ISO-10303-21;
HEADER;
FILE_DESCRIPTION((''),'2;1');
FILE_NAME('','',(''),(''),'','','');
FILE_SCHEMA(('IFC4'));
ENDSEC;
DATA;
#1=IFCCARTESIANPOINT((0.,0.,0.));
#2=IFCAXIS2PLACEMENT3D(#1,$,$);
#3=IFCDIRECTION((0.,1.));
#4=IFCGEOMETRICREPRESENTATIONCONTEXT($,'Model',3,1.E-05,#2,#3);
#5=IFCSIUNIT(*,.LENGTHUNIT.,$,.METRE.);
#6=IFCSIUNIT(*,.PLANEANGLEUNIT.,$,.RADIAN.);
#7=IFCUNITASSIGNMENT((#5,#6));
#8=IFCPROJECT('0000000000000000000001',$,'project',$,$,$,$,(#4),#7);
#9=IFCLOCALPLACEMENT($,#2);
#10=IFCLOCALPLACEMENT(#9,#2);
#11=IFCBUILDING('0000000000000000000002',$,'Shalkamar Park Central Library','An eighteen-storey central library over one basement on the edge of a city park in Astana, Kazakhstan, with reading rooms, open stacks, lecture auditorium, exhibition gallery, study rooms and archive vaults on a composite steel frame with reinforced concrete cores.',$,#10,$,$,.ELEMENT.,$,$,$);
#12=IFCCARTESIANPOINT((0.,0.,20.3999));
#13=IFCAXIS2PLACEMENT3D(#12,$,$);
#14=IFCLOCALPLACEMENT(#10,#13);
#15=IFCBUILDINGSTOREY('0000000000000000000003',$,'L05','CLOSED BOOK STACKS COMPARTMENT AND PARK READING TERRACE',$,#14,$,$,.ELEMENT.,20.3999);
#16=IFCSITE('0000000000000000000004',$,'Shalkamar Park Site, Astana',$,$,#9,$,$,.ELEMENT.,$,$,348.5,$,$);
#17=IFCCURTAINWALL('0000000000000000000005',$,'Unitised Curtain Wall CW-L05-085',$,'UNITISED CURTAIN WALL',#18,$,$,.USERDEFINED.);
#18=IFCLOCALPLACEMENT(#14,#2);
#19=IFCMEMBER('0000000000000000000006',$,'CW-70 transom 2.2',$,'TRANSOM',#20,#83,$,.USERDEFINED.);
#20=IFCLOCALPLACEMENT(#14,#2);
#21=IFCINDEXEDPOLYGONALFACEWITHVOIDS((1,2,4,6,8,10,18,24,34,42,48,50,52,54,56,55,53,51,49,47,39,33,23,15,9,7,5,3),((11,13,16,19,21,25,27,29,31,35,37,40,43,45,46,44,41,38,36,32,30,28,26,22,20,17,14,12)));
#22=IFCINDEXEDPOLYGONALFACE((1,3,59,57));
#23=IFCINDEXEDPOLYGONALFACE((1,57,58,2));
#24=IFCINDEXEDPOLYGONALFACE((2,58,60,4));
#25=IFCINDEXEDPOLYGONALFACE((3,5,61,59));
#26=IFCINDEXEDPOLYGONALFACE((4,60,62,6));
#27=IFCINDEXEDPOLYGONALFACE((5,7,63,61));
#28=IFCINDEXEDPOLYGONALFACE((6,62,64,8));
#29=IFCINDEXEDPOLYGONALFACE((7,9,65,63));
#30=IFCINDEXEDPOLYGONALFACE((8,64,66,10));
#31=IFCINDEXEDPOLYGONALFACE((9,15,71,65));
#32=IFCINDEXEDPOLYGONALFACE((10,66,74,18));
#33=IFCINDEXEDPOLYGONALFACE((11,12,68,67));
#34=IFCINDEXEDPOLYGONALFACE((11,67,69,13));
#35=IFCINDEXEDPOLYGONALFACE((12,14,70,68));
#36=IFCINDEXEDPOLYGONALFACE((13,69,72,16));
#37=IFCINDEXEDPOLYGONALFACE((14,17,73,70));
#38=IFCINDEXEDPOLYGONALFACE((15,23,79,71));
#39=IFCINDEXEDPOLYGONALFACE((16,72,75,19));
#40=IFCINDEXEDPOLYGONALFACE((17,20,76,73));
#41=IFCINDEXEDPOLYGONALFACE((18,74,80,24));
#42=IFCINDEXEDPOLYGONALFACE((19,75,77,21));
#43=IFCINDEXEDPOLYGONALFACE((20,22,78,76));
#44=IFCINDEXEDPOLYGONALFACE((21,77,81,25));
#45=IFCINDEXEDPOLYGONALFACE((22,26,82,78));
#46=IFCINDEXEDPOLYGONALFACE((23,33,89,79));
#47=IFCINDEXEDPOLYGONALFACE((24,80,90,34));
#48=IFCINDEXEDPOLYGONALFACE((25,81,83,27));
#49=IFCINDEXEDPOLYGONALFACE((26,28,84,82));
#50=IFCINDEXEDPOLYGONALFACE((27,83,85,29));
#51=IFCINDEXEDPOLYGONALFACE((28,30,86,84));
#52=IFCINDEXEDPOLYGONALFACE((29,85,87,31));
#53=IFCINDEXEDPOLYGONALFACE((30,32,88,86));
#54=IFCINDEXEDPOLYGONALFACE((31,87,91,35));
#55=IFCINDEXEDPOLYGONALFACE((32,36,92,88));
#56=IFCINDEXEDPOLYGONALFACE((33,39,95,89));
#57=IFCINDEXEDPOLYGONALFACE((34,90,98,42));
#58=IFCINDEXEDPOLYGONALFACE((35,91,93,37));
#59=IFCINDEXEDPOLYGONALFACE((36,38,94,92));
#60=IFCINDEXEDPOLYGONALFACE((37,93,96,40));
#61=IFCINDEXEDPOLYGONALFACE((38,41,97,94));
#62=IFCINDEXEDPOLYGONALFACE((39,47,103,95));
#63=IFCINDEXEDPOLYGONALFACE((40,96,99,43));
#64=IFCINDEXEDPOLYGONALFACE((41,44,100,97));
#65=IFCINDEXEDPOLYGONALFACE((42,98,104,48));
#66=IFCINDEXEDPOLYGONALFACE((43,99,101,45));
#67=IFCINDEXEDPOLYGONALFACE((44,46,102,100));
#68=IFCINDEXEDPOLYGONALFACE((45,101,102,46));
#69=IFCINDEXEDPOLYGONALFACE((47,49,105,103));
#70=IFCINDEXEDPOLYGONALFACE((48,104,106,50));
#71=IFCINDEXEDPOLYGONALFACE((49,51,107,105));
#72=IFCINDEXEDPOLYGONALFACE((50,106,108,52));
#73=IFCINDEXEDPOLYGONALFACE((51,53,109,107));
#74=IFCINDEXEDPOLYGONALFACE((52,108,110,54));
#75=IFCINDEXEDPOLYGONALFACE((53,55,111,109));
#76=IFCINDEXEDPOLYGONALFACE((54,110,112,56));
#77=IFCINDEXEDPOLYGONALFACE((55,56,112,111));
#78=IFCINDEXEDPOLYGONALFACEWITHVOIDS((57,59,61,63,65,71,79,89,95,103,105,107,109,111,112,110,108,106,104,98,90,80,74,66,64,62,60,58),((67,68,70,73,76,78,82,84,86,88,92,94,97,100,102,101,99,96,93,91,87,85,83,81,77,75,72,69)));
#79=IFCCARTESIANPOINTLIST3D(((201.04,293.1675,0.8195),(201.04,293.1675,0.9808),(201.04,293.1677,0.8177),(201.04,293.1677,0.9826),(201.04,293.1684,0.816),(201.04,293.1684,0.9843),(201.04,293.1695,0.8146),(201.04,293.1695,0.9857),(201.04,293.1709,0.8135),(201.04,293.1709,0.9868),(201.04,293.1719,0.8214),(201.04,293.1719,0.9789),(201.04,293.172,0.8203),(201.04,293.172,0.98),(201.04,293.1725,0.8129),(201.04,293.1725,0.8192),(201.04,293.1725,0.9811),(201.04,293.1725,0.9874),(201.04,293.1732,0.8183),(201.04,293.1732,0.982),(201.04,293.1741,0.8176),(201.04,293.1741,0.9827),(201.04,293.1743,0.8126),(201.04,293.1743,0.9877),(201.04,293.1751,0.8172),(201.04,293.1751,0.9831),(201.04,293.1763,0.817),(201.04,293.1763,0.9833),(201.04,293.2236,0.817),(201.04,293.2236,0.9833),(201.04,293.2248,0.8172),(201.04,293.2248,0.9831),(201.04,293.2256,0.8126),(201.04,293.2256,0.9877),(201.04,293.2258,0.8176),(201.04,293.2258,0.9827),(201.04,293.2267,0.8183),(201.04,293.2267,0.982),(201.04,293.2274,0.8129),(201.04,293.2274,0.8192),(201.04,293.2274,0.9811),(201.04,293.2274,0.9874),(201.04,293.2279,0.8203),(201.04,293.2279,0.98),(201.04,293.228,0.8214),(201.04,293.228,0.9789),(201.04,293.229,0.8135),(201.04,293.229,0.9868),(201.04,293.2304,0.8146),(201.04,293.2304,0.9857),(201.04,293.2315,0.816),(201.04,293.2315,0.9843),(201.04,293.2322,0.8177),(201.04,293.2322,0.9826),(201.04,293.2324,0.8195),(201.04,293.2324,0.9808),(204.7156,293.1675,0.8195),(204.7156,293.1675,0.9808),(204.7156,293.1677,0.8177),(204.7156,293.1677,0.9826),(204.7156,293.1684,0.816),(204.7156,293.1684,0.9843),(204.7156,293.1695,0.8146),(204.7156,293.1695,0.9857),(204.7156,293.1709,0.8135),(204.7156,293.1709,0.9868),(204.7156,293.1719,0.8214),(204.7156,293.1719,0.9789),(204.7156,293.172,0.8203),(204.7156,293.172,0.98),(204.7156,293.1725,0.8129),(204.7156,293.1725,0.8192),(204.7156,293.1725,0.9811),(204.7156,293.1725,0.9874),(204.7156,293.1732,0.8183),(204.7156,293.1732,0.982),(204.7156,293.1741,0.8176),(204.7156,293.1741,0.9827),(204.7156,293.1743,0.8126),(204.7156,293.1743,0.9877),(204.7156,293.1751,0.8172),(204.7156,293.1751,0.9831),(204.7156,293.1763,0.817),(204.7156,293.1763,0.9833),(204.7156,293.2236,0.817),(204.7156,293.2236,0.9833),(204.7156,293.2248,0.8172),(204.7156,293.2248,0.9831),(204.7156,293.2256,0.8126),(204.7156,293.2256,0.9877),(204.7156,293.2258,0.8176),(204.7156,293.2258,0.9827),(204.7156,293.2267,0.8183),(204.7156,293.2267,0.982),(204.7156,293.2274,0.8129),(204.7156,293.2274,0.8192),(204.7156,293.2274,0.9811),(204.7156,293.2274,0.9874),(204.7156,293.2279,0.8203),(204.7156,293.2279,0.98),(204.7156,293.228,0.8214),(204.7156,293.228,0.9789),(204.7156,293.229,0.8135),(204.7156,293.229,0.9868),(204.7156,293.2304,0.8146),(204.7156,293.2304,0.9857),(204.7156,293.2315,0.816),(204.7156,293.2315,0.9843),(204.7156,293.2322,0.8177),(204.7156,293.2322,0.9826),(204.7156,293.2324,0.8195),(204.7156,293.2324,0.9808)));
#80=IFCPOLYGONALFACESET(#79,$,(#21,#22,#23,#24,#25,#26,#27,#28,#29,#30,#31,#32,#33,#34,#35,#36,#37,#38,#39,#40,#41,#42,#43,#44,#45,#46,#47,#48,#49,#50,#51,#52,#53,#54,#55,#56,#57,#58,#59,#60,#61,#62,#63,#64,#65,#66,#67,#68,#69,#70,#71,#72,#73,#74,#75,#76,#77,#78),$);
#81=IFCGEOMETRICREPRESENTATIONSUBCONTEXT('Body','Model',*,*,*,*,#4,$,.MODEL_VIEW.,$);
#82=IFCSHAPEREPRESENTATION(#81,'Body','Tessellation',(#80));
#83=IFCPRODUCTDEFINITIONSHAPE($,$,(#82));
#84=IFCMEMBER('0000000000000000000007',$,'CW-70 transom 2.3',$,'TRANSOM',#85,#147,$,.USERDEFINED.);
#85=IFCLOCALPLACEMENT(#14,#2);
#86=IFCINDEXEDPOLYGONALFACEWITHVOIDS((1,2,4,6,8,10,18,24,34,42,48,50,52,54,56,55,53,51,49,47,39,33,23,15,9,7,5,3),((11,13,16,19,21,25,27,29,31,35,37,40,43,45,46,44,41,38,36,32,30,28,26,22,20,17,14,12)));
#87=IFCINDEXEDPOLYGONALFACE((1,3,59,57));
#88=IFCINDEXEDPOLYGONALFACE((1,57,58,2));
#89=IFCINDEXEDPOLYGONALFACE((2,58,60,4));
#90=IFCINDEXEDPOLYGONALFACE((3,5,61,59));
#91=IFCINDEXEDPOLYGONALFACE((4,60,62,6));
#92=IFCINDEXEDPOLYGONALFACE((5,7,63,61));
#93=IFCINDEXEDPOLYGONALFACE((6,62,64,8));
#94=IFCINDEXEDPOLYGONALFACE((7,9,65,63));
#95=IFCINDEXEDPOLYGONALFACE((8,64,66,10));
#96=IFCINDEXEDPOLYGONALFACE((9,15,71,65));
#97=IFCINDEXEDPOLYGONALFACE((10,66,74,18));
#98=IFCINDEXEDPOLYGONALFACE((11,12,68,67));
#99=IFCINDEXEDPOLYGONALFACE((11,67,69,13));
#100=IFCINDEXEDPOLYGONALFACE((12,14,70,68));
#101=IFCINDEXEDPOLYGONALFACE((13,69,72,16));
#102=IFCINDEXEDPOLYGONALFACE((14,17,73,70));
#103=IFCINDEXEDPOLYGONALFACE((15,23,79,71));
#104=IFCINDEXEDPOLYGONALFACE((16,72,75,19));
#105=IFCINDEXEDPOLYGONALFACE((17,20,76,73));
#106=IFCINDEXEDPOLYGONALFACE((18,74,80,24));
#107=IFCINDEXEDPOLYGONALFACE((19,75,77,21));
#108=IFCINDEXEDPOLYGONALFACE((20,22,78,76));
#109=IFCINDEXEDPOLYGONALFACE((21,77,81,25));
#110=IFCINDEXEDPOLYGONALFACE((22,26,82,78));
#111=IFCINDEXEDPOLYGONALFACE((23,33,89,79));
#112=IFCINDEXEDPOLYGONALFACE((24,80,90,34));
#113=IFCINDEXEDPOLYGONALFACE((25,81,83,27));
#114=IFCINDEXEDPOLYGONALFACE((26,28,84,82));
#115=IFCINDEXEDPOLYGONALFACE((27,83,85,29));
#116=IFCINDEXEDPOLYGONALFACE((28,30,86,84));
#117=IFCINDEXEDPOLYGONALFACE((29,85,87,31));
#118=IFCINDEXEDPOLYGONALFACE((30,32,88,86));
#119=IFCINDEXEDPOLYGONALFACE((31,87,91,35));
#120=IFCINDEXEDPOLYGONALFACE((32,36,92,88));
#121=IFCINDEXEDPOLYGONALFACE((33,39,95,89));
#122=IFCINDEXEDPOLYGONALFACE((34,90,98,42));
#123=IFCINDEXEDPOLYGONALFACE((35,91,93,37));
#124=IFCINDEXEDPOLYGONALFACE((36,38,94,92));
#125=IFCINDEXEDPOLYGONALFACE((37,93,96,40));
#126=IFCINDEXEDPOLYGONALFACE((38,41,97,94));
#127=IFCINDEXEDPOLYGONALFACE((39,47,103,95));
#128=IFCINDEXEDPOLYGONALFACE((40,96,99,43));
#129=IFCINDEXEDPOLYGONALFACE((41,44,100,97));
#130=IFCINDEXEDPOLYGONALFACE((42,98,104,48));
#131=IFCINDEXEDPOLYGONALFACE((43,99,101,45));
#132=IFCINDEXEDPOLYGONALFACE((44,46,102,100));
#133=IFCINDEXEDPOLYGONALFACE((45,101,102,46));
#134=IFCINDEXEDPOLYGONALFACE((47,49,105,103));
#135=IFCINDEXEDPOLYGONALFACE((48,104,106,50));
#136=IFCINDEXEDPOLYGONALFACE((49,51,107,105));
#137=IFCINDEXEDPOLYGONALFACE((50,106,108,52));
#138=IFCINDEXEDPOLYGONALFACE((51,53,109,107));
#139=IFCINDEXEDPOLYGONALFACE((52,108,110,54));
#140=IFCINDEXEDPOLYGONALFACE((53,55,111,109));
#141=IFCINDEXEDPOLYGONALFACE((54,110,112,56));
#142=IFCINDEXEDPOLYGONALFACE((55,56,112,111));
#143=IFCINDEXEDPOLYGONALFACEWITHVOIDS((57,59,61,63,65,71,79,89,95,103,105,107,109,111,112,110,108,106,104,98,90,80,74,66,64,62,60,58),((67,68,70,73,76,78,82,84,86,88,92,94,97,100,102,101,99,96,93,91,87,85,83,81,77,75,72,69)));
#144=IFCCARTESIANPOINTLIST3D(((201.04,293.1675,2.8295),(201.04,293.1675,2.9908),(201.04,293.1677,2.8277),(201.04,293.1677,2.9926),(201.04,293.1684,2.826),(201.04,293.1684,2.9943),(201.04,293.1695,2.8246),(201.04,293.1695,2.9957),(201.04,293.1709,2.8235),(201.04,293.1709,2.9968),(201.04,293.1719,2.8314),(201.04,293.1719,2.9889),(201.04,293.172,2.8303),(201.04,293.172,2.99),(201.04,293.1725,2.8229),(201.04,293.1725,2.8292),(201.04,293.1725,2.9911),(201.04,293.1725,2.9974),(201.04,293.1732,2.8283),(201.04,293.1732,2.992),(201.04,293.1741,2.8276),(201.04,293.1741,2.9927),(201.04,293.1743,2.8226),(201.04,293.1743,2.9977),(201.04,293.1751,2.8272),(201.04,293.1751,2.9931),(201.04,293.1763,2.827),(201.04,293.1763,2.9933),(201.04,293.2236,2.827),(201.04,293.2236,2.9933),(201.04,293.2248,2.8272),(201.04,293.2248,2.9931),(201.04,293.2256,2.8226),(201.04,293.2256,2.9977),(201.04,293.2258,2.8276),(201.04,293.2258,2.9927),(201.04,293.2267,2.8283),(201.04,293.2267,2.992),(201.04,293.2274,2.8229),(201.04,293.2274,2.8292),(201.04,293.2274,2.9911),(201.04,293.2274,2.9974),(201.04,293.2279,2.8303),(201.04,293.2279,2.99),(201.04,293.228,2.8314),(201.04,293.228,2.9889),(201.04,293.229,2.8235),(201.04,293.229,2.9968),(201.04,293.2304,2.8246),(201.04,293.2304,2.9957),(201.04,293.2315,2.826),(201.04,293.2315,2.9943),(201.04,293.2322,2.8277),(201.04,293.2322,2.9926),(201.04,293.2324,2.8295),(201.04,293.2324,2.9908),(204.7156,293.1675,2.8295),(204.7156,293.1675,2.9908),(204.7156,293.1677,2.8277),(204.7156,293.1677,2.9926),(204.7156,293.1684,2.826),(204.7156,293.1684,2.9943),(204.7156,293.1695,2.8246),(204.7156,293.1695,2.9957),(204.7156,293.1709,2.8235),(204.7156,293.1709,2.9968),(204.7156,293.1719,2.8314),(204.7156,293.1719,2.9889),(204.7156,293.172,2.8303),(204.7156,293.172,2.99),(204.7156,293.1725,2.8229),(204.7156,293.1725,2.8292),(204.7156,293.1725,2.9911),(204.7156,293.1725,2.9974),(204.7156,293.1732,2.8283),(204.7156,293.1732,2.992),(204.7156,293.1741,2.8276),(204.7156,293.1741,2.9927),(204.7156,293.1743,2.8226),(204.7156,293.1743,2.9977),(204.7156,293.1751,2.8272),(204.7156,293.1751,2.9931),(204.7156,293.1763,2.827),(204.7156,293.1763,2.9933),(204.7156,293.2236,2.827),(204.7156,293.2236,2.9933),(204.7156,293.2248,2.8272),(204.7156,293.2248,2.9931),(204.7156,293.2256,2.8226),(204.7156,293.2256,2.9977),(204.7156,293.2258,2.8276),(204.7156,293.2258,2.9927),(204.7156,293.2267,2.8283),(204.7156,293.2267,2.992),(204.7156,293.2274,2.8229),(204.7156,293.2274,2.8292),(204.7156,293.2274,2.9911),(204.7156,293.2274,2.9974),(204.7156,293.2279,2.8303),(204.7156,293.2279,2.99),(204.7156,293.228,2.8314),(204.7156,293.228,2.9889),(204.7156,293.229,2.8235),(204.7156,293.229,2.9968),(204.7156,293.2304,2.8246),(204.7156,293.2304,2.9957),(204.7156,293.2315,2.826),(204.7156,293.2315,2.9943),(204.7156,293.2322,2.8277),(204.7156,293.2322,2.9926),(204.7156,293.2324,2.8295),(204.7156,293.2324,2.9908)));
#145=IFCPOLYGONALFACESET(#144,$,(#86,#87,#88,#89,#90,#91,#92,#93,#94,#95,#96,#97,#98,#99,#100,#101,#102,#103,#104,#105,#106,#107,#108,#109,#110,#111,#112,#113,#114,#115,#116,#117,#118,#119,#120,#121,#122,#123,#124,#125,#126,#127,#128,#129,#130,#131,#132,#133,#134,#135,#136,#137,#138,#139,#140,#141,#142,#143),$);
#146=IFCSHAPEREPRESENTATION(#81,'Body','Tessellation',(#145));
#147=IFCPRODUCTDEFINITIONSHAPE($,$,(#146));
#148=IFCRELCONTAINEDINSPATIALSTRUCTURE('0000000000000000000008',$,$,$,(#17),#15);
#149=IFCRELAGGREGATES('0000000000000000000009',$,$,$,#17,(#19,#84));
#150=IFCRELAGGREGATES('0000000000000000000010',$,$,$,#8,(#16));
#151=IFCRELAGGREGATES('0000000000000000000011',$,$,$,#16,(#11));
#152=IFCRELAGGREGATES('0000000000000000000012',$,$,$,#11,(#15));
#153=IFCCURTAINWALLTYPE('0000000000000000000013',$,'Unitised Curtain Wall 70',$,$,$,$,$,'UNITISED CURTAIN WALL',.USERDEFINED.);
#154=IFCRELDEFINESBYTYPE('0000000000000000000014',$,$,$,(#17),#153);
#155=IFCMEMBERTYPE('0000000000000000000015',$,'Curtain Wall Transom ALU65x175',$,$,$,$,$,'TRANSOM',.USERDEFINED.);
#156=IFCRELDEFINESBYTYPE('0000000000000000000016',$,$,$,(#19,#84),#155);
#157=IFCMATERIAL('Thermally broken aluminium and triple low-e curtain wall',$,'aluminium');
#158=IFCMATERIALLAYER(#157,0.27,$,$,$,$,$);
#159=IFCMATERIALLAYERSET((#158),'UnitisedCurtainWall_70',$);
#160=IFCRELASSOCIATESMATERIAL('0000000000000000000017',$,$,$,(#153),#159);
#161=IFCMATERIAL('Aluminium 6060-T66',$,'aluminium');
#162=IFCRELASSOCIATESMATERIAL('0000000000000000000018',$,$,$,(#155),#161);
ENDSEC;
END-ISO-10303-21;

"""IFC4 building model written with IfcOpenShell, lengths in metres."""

from ifc_helpers import new_model, si_unit, direction, frame, origin, origin_2d, place, context, subcontext, project, spatial, hollow_rectangle, extrude, material, layer, layer_set, material_profile, profile_set, type_object, element, aggregate, save


model = new_model("IFC4")

# Units and contexts
model_context = context("Model", 3, precision=1e-05, world=origin(), true_north=direction((0.0, 1.0)))
body_context = subcontext(model_context, "Body", "Model", "MODEL_VIEW")
ifc_project = project(units=[si_unit("LENGTHUNIT", "METRE"), si_unit("PLANEANGLEUNIT", "RADIAN")], contexts=[model_context])

# Site, building, storey
site_placement = place(None, origin())
site = spatial("IfcSite", under=ifc_project, at=site_placement, Name="Shalkamar Park Site, Astana", CompositionType="ELEMENT", RefElevation=348.5)
building_placement = place(site_placement, origin())
building = spatial("IfcBuilding", under=site, at=building_placement, Name="Shalkamar Park Central Library", Description="An eighteen-storey central library over one basement on the edge of a city park in Astana, Kazakhstan, with reading rooms, open stacks, lecture auditorium, exhibition gallery, study rooms and archive vaults on a composite steel frame with reinforced concrete cores.", CompositionType="ELEMENT")
storey_placement = place(building_placement, frame((0.0, 0.0, 20.3999)))
storey = spatial("IfcBuildingStorey", under=building, at=storey_placement, Name="L05", Description="CLOSED BOOK STACKS COMPARTMENT AND PARK READING TERRACE", CompositionType="ELEMENT", Elevation=20.3999)

# Curtain wall, members
ifc_material_1 = material(Name="Thermally broken aluminium and triple low-e curtain wall", Category="aluminium")
ifc_layer_1 = layer(ifc_material_1, 0.27)
ifc_layer_set_1 = layer_set([ifc_layer_1], Name="UnitisedCurtainWall_70")
curtain_wall_type = type_object("IfcCurtainWallType", Name="Unitised Curtain Wall 70", ElementType="UNITISED CURTAIN WALL", PredefinedType="USERDEFINED", material=ifc_layer_set_1)
curtain_wall_placement = place(storey_placement, origin())
curtain_wall = element("IfcCurtainWall", 1, at=curtain_wall_placement, inside=storey, type_object=curtain_wall_type, Name="Unitised Curtain Wall CW-L05-085", ObjectType="UNITISED CURTAIN WALL", PredefinedType="USERDEFINED")
ifc_material_2 = material(Name="Aluminium 6060-T66", Category="aluminium")
ifc_material_profile_1 = material_profile(ifc_material_2, hollow_rectangle(XDim=0.0649, YDim=0.175, WallThickness=0.0044, InnerFilletRadius=0.0044, OuterFilletRadius=0.0068, at=origin_2d()), Name="ALU 65x175x4.5")
ifc_profile_set_1 = profile_set([ifc_material_profile_1], Name="Aluminium 6060-T66")
member_type_1 = type_object("IfcMemberType", Name="Curtain Wall Transom ALU65x175", ElementType="TRANSOM", PredefinedType="USERDEFINED", material=ifc_profile_set_1)
member_1_placement = place(storey_placement, frame((201.04, 293.2, 0.9001), z_axis=(1.0, 0.0, 0.0), x_axis=(0.0, 1.0, 0.0)))
member_1 = element("IfcMember", 2, at=member_1_placement, type_object=member_type_1, Name="CW-70 transom 2.2", ObjectType="TRANSOM", PredefinedType="USERDEFINED", context=body_context, shape_type="SweptSolid", body=[
    extrude(hollow_rectangle(XDim=0.0649, YDim=0.175, WallThickness=0.0044, InnerFilletRadius=0.0044, OuterFilletRadius=0.0068, at=origin_2d()), origin(), (0.0, 0.0, 1.0), 3.6755),
])
member_2_placement = place(storey_placement, frame((201.04, 293.2, 2.9102), z_axis=(1.0, 0.0, 0.0), x_axis=(0.0, 1.0, 0.0)))
member_2 = element("IfcMember", 3, at=member_2_placement, type_object=member_type_1, Name="CW-70 transom 2.3", ObjectType="TRANSOM", PredefinedType="USERDEFINED", context=body_context, shape_type="SweptSolid", body=[
    extrude(hollow_rectangle(XDim=0.0649, YDim=0.175, WallThickness=0.0044, InnerFilletRadius=0.0044, OuterFilletRadius=0.0068, at=origin_2d()), origin(), (0.0, 0.0, 1.0), 3.6755),
])

aggregate(curtain_wall, [member_1, member_2])

save(model, "model.ifc")
